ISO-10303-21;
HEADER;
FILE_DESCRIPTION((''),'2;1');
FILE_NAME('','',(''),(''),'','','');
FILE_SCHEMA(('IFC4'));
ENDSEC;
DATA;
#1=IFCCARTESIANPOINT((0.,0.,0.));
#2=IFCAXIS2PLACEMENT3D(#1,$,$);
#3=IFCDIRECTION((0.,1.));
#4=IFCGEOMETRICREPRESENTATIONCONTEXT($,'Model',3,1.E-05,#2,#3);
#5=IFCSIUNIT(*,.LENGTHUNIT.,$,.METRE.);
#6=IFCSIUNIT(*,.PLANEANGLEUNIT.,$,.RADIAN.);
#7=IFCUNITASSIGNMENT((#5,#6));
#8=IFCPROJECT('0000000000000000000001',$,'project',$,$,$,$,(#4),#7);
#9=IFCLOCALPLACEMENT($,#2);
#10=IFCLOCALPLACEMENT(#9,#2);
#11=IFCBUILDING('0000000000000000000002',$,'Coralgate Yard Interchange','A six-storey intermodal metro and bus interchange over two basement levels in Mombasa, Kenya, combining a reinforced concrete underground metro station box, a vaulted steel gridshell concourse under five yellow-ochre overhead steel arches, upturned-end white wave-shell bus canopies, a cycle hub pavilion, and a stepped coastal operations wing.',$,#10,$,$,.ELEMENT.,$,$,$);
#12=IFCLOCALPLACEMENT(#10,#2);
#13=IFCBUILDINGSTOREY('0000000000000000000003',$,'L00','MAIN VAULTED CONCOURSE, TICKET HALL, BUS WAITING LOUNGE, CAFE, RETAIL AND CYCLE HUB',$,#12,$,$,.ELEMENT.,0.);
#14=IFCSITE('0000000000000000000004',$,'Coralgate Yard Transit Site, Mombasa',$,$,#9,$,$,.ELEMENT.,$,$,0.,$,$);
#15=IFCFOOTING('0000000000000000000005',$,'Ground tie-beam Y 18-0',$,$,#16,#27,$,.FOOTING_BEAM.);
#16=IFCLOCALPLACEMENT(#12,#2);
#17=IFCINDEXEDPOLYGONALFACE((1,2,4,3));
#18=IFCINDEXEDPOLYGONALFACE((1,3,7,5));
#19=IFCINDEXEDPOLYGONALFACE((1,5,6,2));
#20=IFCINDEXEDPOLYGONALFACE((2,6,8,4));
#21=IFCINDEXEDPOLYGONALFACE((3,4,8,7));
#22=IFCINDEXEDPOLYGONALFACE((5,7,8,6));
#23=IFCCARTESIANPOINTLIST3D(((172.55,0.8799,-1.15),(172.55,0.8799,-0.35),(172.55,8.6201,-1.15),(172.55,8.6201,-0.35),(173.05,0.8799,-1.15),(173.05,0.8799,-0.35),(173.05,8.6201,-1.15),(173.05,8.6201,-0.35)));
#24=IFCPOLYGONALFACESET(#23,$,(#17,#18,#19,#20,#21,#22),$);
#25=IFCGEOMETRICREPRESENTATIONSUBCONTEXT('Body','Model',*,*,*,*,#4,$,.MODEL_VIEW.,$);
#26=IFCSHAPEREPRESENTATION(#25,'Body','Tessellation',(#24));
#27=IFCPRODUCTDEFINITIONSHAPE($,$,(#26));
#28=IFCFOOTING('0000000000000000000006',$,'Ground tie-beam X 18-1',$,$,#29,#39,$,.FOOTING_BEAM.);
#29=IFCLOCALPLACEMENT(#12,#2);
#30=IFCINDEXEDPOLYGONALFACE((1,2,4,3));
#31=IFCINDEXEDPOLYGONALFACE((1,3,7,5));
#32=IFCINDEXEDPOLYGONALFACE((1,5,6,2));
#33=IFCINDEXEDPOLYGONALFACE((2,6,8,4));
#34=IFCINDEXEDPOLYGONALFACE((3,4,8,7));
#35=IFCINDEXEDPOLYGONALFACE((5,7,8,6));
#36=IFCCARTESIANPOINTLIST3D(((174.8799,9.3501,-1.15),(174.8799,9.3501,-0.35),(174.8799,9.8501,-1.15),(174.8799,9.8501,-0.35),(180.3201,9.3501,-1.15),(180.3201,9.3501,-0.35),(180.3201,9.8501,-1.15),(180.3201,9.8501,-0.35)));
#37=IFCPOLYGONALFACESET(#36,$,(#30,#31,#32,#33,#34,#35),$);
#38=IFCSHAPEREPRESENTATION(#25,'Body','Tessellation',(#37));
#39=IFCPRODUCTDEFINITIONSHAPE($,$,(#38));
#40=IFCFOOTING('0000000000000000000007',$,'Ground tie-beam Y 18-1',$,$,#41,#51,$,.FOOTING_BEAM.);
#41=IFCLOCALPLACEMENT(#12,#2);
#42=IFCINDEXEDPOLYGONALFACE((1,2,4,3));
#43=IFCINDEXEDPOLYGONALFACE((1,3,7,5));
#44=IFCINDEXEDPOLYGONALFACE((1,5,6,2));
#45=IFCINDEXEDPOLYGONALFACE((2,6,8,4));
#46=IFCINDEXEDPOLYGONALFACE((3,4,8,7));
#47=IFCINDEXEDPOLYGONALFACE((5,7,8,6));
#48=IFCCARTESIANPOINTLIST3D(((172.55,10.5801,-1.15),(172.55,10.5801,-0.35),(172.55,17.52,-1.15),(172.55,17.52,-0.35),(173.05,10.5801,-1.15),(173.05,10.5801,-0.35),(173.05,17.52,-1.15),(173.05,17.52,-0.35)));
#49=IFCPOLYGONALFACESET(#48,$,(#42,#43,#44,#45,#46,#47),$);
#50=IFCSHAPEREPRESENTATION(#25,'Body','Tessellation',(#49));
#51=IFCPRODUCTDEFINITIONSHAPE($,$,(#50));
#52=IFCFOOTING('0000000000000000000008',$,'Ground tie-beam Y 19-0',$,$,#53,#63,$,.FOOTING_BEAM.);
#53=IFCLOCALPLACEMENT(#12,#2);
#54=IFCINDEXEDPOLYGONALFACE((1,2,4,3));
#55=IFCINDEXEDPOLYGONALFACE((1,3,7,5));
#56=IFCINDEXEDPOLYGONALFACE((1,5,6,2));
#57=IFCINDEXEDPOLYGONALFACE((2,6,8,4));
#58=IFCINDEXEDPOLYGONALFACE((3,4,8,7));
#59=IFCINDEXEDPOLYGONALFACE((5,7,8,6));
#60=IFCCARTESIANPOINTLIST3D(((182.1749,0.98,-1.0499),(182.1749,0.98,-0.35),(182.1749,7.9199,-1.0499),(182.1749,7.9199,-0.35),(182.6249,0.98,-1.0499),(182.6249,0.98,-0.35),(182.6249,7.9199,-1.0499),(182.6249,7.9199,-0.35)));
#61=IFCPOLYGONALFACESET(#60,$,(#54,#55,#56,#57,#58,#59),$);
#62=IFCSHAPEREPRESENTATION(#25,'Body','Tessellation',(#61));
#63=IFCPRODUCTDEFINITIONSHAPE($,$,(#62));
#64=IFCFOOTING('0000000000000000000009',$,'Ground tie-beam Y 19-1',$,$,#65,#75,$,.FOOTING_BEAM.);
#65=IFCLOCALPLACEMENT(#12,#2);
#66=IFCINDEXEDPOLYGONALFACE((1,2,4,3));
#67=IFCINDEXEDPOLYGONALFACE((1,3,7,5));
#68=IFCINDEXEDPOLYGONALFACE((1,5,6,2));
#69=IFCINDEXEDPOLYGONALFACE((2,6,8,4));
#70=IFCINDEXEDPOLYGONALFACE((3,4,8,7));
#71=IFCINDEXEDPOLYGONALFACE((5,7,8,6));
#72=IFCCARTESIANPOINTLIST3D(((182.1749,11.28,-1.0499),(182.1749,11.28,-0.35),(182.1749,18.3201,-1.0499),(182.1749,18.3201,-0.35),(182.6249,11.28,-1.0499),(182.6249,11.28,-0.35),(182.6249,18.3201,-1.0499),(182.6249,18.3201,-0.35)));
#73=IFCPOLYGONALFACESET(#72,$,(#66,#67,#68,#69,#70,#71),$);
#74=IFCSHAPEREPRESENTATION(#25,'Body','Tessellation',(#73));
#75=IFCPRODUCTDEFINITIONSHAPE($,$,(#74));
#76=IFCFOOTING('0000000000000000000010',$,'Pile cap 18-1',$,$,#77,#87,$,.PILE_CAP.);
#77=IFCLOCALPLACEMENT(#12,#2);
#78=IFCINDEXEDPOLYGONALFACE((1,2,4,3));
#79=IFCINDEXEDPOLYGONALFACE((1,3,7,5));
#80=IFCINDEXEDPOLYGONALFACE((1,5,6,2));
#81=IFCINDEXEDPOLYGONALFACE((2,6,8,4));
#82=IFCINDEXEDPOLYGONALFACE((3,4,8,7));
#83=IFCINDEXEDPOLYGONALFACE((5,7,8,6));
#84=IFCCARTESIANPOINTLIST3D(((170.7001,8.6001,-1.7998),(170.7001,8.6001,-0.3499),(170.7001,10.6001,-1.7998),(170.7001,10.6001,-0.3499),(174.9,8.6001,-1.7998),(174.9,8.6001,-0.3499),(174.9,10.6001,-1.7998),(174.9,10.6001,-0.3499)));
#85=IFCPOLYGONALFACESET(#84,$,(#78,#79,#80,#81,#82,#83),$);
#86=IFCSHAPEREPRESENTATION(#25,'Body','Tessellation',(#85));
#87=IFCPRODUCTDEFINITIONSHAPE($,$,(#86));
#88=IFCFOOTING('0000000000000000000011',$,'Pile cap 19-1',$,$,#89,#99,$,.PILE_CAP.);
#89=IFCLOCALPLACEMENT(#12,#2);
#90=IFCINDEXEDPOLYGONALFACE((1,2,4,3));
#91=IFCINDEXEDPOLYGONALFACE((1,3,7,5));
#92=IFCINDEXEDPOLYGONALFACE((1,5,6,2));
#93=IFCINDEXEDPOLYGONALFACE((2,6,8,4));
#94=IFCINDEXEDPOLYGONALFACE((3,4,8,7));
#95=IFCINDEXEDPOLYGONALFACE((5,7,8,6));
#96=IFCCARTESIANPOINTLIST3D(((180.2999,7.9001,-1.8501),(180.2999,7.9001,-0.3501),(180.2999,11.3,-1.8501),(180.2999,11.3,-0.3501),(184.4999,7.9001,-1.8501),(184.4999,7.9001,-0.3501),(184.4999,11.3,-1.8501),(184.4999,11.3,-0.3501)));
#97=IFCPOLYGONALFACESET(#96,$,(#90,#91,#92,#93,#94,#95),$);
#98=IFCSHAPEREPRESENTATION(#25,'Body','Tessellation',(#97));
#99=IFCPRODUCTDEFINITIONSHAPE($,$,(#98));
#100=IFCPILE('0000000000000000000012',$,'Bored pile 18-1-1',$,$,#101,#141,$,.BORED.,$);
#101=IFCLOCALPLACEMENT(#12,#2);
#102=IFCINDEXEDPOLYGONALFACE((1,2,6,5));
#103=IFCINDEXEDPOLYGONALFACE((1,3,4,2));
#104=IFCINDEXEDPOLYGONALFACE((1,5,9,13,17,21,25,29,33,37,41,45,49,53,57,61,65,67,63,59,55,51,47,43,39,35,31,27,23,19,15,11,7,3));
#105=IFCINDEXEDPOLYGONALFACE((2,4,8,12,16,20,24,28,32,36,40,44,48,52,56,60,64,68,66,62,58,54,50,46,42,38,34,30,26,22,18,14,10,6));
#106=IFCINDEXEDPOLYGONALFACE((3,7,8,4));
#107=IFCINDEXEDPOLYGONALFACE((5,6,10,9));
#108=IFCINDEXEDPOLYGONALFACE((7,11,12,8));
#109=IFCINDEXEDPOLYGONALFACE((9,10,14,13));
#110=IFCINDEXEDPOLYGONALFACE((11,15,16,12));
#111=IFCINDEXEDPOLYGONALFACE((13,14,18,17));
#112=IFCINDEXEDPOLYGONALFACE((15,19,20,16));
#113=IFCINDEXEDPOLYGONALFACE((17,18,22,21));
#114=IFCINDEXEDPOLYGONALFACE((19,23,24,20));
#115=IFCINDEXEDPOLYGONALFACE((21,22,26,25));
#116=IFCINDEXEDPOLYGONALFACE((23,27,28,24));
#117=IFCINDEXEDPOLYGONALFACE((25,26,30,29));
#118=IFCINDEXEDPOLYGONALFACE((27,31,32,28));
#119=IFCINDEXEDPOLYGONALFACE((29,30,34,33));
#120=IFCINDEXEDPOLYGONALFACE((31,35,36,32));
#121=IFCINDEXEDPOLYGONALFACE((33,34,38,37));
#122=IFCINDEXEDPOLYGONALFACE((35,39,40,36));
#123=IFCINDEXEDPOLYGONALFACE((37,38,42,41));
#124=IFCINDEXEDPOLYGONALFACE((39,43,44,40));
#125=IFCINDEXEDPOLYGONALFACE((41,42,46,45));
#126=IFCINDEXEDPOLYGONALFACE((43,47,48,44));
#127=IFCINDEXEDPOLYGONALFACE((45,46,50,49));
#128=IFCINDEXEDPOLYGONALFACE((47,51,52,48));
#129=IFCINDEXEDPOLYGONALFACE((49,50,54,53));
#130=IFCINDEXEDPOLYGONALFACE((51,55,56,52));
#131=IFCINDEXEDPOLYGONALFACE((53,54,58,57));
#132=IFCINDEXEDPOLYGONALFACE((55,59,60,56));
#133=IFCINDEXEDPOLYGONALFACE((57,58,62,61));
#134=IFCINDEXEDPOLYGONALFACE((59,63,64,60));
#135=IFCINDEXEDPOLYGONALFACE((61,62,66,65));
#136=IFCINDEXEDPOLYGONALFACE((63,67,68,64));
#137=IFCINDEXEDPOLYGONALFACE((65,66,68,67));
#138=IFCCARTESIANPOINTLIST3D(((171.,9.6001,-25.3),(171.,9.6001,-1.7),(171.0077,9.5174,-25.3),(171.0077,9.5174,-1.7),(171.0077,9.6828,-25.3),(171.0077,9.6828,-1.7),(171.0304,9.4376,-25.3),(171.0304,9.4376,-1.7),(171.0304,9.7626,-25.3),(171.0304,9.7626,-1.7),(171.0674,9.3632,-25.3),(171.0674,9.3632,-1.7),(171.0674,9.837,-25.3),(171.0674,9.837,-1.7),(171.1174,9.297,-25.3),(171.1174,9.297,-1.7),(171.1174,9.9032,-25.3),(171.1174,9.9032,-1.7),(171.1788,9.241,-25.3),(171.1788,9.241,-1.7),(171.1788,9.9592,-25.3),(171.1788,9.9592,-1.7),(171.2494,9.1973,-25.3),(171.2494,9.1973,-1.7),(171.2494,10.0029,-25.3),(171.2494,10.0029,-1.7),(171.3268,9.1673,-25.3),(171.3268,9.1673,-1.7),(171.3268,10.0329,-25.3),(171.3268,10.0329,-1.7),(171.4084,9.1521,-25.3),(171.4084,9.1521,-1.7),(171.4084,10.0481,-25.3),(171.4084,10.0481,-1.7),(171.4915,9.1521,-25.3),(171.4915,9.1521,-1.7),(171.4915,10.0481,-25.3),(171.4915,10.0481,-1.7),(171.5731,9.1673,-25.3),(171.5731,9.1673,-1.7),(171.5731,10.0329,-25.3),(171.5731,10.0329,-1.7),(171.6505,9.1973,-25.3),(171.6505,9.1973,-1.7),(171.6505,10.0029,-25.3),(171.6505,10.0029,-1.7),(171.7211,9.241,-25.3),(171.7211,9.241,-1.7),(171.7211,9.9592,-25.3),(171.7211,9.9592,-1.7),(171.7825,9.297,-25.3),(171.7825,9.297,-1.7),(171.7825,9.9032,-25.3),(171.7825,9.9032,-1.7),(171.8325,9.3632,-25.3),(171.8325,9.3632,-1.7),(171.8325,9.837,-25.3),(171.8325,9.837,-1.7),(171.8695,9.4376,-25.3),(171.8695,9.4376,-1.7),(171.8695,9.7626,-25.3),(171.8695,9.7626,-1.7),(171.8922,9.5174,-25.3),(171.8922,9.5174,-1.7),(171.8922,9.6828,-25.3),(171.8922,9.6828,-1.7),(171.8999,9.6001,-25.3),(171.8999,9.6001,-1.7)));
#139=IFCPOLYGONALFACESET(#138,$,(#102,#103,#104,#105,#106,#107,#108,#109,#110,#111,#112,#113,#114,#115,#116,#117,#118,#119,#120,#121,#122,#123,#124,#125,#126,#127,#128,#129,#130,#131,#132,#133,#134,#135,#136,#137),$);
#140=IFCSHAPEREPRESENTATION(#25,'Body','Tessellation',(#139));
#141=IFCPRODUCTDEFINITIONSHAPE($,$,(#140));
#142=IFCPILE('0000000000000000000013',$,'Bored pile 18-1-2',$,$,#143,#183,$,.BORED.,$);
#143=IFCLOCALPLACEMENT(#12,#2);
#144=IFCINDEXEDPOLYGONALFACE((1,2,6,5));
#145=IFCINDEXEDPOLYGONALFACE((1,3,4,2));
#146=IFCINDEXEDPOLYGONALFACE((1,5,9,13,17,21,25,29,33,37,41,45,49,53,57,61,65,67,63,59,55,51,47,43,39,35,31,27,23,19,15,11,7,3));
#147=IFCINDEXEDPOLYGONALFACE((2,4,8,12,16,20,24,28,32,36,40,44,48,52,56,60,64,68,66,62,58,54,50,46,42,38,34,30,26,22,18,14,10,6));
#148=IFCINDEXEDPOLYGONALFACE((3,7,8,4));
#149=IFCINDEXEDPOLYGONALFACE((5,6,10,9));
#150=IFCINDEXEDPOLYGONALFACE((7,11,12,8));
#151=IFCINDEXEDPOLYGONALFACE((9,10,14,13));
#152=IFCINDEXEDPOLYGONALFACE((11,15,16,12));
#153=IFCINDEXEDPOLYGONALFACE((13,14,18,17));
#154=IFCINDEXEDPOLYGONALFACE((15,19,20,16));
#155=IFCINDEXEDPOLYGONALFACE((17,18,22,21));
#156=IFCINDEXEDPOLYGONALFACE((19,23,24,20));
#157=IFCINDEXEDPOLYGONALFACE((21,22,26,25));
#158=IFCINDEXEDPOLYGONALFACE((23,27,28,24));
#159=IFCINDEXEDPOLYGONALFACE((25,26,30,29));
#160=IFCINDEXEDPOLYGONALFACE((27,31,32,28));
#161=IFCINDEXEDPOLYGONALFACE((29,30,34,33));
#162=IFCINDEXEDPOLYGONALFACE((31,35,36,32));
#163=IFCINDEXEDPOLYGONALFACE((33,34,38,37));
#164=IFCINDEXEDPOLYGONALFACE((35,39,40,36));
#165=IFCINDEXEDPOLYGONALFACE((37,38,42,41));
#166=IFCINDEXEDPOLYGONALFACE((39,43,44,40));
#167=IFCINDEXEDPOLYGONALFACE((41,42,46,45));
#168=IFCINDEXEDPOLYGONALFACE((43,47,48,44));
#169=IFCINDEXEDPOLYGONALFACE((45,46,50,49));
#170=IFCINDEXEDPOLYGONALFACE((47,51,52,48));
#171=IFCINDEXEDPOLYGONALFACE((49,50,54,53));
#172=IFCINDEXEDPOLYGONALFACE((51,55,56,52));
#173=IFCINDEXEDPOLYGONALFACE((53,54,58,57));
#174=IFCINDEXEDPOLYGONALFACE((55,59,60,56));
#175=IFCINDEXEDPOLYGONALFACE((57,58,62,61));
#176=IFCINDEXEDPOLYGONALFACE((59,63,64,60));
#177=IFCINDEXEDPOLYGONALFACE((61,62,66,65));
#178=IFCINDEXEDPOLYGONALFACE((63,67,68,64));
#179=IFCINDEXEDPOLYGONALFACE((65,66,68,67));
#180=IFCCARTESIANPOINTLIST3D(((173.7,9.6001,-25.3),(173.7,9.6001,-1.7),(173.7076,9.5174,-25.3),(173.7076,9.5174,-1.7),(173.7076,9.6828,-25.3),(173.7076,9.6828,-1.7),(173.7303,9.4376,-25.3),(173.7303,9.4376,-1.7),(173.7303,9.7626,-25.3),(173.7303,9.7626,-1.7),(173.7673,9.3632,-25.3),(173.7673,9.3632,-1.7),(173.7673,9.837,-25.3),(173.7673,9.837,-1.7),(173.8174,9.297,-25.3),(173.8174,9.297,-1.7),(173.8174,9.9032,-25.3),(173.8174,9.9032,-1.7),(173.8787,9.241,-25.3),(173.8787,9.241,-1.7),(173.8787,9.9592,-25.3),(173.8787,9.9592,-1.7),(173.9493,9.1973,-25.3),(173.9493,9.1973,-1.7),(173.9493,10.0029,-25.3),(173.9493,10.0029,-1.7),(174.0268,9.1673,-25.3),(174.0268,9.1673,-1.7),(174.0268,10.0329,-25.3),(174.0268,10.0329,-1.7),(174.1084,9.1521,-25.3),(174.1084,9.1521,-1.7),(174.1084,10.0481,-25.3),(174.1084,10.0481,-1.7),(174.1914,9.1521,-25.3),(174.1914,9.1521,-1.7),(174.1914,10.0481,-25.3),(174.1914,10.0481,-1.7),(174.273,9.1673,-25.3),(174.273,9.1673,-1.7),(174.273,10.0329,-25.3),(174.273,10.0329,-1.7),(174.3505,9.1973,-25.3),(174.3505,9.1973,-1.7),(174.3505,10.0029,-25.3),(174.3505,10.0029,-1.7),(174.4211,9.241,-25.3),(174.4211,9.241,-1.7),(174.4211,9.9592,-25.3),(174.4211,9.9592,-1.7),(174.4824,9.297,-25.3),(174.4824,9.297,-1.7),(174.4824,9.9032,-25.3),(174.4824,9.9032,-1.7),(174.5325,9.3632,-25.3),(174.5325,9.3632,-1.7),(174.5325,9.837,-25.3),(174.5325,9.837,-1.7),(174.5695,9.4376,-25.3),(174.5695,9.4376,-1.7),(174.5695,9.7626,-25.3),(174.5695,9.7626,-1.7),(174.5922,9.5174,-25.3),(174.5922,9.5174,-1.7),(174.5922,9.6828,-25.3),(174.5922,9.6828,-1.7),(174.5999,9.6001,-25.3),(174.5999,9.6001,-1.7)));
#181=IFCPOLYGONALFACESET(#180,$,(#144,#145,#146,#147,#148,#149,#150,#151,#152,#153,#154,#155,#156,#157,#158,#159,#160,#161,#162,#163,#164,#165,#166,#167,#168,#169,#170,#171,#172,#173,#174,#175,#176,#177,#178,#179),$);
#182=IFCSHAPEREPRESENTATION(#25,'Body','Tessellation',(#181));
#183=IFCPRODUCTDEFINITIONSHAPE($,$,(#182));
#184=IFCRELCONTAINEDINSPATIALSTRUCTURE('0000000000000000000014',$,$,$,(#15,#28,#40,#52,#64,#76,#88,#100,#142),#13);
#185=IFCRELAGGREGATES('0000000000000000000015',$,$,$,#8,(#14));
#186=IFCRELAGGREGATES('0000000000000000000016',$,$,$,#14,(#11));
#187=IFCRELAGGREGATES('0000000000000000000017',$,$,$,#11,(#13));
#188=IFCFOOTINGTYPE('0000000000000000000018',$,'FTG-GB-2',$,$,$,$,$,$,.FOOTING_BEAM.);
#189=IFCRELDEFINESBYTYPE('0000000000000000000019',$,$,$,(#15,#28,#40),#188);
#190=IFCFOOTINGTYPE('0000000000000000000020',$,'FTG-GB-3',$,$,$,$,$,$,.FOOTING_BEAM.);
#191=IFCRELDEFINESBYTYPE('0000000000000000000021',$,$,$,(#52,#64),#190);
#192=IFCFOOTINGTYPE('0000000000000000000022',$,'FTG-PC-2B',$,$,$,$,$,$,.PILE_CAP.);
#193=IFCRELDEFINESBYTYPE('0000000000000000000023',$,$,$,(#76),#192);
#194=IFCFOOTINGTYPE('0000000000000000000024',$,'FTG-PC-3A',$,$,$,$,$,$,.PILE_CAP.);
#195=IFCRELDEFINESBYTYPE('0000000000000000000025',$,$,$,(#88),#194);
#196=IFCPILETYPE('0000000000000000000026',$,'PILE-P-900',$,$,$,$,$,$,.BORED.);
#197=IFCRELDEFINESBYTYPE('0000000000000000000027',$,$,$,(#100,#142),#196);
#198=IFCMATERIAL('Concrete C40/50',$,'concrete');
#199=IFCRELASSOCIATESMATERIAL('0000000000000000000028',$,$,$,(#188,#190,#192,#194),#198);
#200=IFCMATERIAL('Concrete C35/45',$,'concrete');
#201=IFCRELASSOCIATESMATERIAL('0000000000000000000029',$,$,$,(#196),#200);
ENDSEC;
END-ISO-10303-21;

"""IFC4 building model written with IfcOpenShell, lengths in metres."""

from ifc_helpers import new_model, si_unit, direction, frame, origin, origin_2d, place, context, subcontext, project, spatial, rectangle, circle, extrude, material, material_profile, profile_set, type_object, element, save


model = new_model("IFC4")

# Units and contexts
model_context = context("Model", 3, precision=1e-05, world=origin(), true_north=direction((0.0, 1.0)))
body_context = subcontext(model_context, "Body", "Model", "MODEL_VIEW")
ifc_project = project(units=[si_unit("LENGTHUNIT", "METRE"), si_unit("PLANEANGLEUNIT", "RADIAN")], contexts=[model_context])

# Site, building, storey
site_placement = place(None, origin())
site = spatial("IfcSite", under=ifc_project, at=site_placement, Name="Coralgate Yard Transit Site, Mombasa", CompositionType="ELEMENT", RefElevation=0.0)
building_placement = place(site_placement, origin())
building = spatial("IfcBuilding", under=site, at=building_placement, Name="Coralgate Yard Interchange", Description="A six-storey intermodal metro and bus interchange over two basement levels in Mombasa, Kenya, combining a reinforced concrete underground metro station box, a vaulted steel gridshell concourse under five yellow-ochre overhead steel arches, upturned-end white wave-shell bus canopies, a cycle hub pavilion, and a stepped coastal operations wing.", CompositionType="ELEMENT")
storey_placement = place(building_placement, origin())
storey = spatial("IfcBuildingStorey", under=building, at=storey_placement, Name="L00", Description="MAIN VAULTED CONCOURSE, TICKET HALL, BUS WAITING LOUNGE, CAFE, RETAIL AND CYCLE HUB", CompositionType="ELEMENT", Elevation=0.0)

# Footings
ifc_material_1 = material(Name="Concrete C40/50", Category="concrete")
ifc_material_profile_1 = material_profile(ifc_material_1, rectangle(XDim=0.5, YDim=0.8, at=origin_2d()), Name="RC 500x800")
ifc_profile_set_1 = profile_set([ifc_material_profile_1], Name="Concrete C40/50")
footing_type_1 = type_object("IfcFootingType", Name="FTG-GB-2", PredefinedType="FOOTING_BEAM", material=ifc_profile_set_1)
footing_1_placement = place(storey_placement, frame((172.8, 0.8799, -0.75), z_axis=(0.0, 1.0, 0.0), x_axis=(-1.0, 0.0, 0.0)))
element("IfcFooting", 1, at=footing_1_placement, inside=storey, type_object=footing_type_1, Name="Ground tie-beam Y 18-0", PredefinedType="FOOTING_BEAM", context=body_context, shape_type="SweptSolid", body=[
    extrude(rectangle(XDim=0.5, YDim=0.8, at=origin_2d()), origin(), (0.0, 0.0, 1.0), 7.7402),
])
footing_2_placement = place(storey_placement, frame((174.8799, 9.6001, -0.75), z_axis=(1.0, 0.0, 0.0), x_axis=(0.0, 1.0, 0.0)))
element("IfcFooting", 2, at=footing_2_placement, inside=storey, type_object=footing_type_1, Name="Ground tie-beam X 18-1", PredefinedType="FOOTING_BEAM", context=body_context, shape_type="SweptSolid", body=[
    extrude(rectangle(XDim=0.5, YDim=0.8, at=origin_2d()), origin(), (0.0, 0.0, 1.0), 5.4402),
])
footing_3_placement = place(storey_placement, frame((172.8, 10.5801, -0.75), z_axis=(0.0, 1.0, 0.0), x_axis=(-1.0, 0.0, 0.0)))
element("IfcFooting", 3, at=footing_3_placement, inside=storey, type_object=footing_type_1, Name="Ground tie-beam Y 18-1", PredefinedType="FOOTING_BEAM", context=body_context, shape_type="SweptSolid", body=[
    extrude(rectangle(XDim=0.5, YDim=0.8, at=origin_2d()), origin(), (0.0, 0.0, 1.0), 6.9399),
])
ifc_material_profile_2 = material_profile(ifc_material_1, rectangle(XDim=0.45, YDim=0.7, at=origin_2d()), Name="RC 450x700")
ifc_profile_set_2 = profile_set([ifc_material_profile_2], Name="Concrete C40/50")
footing_type_2 = type_object("IfcFootingType", Name="FTG-GB-3", PredefinedType="FOOTING_BEAM", material=ifc_profile_set_2)
footing_4_placement = place(storey_placement, frame((182.3999, 0.98, -0.7), z_axis=(0.0, 1.0, 0.0), x_axis=(-1.0, 0.0, 0.0)))
element("IfcFooting", 4, at=footing_4_placement, inside=storey, type_object=footing_type_2, Name="Ground tie-beam Y 19-0", PredefinedType="FOOTING_BEAM", context=body_context, shape_type="SweptSolid", body=[
    extrude(rectangle(XDim=0.45, YDim=0.7, at=origin_2d()), origin(), (0.0, 0.0, 1.0), 6.9399),
])
footing_5_placement = place(storey_placement, frame((182.3999, 11.28, -0.7), z_axis=(0.0, 1.0, 0.0), x_axis=(-1.0, 0.0, 0.0)))
element("IfcFooting", 5, at=footing_5_placement, inside=storey, type_object=footing_type_2, Name="Ground tie-beam Y 19-1", PredefinedType="FOOTING_BEAM", context=body_context, shape_type="SweptSolid", body=[
    extrude(rectangle(XDim=0.45, YDim=0.7, at=origin_2d()), origin(), (0.0, 0.0, 1.0), 7.04),
])
footing_type_3 = type_object("IfcFootingType", Name="FTG-PC-2B", PredefinedType="PILE_CAP", material=ifc_material_1)
footing_6_placement = place(storey_placement, frame((172.8, 9.6001, -1.7998), z_axis=(0.0, 0.0, 1.0), x_axis=(1.0, 0.0, 0.0)))
element("IfcFooting", 6, at=footing_6_placement, inside=storey, type_object=footing_type_3, Name="Pile cap 18-1", PredefinedType="PILE_CAP", context=body_context, shape_type="SweptSolid", body=[
    extrude(rectangle(XDim=4.2, YDim=2.0, at=origin_2d()), origin(), (0.0, 0.0, 1.0), 1.45),
])
footing_type_4 = type_object("IfcFootingType", Name="FTG-PC-3A", PredefinedType="PILE_CAP", material=ifc_material_1)
footing_7_placement = place(storey_placement, frame((182.3999, 9.6001, -1.8501), z_axis=(0.0, 0.0, 1.0), x_axis=(1.0, 0.0, 0.0)))
element("IfcFooting", 7, at=footing_7_placement, inside=storey, type_object=footing_type_4, Name="Pile cap 19-1", PredefinedType="PILE_CAP", context=body_context, shape_type="SweptSolid", body=[
    extrude(rectangle(XDim=4.2, YDim=3.3999, at=origin_2d()), origin(), (0.0, 0.0, 1.0), 1.5),
])

# Piles
ifc_material_2 = material(Name="Concrete C35/45", Category="concrete")
ifc_material_profile_3 = material_profile(ifc_material_2, circle(Radius=0.45, at=origin_2d()), Name="BORED PILE D900")
ifc_profile_set_3 = profile_set([ifc_material_profile_3], Name="Concrete C35/45")
pile_type = type_object("IfcPileType", Name="PILE-P-900", PredefinedType="BORED", material=ifc_profile_set_3)
for number, where, z_axis, x_axis, name in (
    (8, (171.45, 9.6001, -1.7), (0.0, 0.0, -1.0), (1.0, 0.0, 0.0), "Bored pile 18-1-1"),
    (9, (174.1499, 9.6001, -1.7), (0.0, 0.0, -1.0), (1.0, 0.0, 0.0), "Bored pile 18-1-2"),
):
    element("IfcPile", number, at=place(storey_placement, frame(where, z_axis=z_axis, x_axis=x_axis)), inside=storey, type_object=pile_type, Name=name, PredefinedType="BORED", context=body_context, shape_type="SweptSolid", body=[
        extrude(circle(Radius=0.45, at=origin_2d()), origin(), (0.0, 0.0, 1.0), 23.6001),
    ])

save(model, "model.ifc")
